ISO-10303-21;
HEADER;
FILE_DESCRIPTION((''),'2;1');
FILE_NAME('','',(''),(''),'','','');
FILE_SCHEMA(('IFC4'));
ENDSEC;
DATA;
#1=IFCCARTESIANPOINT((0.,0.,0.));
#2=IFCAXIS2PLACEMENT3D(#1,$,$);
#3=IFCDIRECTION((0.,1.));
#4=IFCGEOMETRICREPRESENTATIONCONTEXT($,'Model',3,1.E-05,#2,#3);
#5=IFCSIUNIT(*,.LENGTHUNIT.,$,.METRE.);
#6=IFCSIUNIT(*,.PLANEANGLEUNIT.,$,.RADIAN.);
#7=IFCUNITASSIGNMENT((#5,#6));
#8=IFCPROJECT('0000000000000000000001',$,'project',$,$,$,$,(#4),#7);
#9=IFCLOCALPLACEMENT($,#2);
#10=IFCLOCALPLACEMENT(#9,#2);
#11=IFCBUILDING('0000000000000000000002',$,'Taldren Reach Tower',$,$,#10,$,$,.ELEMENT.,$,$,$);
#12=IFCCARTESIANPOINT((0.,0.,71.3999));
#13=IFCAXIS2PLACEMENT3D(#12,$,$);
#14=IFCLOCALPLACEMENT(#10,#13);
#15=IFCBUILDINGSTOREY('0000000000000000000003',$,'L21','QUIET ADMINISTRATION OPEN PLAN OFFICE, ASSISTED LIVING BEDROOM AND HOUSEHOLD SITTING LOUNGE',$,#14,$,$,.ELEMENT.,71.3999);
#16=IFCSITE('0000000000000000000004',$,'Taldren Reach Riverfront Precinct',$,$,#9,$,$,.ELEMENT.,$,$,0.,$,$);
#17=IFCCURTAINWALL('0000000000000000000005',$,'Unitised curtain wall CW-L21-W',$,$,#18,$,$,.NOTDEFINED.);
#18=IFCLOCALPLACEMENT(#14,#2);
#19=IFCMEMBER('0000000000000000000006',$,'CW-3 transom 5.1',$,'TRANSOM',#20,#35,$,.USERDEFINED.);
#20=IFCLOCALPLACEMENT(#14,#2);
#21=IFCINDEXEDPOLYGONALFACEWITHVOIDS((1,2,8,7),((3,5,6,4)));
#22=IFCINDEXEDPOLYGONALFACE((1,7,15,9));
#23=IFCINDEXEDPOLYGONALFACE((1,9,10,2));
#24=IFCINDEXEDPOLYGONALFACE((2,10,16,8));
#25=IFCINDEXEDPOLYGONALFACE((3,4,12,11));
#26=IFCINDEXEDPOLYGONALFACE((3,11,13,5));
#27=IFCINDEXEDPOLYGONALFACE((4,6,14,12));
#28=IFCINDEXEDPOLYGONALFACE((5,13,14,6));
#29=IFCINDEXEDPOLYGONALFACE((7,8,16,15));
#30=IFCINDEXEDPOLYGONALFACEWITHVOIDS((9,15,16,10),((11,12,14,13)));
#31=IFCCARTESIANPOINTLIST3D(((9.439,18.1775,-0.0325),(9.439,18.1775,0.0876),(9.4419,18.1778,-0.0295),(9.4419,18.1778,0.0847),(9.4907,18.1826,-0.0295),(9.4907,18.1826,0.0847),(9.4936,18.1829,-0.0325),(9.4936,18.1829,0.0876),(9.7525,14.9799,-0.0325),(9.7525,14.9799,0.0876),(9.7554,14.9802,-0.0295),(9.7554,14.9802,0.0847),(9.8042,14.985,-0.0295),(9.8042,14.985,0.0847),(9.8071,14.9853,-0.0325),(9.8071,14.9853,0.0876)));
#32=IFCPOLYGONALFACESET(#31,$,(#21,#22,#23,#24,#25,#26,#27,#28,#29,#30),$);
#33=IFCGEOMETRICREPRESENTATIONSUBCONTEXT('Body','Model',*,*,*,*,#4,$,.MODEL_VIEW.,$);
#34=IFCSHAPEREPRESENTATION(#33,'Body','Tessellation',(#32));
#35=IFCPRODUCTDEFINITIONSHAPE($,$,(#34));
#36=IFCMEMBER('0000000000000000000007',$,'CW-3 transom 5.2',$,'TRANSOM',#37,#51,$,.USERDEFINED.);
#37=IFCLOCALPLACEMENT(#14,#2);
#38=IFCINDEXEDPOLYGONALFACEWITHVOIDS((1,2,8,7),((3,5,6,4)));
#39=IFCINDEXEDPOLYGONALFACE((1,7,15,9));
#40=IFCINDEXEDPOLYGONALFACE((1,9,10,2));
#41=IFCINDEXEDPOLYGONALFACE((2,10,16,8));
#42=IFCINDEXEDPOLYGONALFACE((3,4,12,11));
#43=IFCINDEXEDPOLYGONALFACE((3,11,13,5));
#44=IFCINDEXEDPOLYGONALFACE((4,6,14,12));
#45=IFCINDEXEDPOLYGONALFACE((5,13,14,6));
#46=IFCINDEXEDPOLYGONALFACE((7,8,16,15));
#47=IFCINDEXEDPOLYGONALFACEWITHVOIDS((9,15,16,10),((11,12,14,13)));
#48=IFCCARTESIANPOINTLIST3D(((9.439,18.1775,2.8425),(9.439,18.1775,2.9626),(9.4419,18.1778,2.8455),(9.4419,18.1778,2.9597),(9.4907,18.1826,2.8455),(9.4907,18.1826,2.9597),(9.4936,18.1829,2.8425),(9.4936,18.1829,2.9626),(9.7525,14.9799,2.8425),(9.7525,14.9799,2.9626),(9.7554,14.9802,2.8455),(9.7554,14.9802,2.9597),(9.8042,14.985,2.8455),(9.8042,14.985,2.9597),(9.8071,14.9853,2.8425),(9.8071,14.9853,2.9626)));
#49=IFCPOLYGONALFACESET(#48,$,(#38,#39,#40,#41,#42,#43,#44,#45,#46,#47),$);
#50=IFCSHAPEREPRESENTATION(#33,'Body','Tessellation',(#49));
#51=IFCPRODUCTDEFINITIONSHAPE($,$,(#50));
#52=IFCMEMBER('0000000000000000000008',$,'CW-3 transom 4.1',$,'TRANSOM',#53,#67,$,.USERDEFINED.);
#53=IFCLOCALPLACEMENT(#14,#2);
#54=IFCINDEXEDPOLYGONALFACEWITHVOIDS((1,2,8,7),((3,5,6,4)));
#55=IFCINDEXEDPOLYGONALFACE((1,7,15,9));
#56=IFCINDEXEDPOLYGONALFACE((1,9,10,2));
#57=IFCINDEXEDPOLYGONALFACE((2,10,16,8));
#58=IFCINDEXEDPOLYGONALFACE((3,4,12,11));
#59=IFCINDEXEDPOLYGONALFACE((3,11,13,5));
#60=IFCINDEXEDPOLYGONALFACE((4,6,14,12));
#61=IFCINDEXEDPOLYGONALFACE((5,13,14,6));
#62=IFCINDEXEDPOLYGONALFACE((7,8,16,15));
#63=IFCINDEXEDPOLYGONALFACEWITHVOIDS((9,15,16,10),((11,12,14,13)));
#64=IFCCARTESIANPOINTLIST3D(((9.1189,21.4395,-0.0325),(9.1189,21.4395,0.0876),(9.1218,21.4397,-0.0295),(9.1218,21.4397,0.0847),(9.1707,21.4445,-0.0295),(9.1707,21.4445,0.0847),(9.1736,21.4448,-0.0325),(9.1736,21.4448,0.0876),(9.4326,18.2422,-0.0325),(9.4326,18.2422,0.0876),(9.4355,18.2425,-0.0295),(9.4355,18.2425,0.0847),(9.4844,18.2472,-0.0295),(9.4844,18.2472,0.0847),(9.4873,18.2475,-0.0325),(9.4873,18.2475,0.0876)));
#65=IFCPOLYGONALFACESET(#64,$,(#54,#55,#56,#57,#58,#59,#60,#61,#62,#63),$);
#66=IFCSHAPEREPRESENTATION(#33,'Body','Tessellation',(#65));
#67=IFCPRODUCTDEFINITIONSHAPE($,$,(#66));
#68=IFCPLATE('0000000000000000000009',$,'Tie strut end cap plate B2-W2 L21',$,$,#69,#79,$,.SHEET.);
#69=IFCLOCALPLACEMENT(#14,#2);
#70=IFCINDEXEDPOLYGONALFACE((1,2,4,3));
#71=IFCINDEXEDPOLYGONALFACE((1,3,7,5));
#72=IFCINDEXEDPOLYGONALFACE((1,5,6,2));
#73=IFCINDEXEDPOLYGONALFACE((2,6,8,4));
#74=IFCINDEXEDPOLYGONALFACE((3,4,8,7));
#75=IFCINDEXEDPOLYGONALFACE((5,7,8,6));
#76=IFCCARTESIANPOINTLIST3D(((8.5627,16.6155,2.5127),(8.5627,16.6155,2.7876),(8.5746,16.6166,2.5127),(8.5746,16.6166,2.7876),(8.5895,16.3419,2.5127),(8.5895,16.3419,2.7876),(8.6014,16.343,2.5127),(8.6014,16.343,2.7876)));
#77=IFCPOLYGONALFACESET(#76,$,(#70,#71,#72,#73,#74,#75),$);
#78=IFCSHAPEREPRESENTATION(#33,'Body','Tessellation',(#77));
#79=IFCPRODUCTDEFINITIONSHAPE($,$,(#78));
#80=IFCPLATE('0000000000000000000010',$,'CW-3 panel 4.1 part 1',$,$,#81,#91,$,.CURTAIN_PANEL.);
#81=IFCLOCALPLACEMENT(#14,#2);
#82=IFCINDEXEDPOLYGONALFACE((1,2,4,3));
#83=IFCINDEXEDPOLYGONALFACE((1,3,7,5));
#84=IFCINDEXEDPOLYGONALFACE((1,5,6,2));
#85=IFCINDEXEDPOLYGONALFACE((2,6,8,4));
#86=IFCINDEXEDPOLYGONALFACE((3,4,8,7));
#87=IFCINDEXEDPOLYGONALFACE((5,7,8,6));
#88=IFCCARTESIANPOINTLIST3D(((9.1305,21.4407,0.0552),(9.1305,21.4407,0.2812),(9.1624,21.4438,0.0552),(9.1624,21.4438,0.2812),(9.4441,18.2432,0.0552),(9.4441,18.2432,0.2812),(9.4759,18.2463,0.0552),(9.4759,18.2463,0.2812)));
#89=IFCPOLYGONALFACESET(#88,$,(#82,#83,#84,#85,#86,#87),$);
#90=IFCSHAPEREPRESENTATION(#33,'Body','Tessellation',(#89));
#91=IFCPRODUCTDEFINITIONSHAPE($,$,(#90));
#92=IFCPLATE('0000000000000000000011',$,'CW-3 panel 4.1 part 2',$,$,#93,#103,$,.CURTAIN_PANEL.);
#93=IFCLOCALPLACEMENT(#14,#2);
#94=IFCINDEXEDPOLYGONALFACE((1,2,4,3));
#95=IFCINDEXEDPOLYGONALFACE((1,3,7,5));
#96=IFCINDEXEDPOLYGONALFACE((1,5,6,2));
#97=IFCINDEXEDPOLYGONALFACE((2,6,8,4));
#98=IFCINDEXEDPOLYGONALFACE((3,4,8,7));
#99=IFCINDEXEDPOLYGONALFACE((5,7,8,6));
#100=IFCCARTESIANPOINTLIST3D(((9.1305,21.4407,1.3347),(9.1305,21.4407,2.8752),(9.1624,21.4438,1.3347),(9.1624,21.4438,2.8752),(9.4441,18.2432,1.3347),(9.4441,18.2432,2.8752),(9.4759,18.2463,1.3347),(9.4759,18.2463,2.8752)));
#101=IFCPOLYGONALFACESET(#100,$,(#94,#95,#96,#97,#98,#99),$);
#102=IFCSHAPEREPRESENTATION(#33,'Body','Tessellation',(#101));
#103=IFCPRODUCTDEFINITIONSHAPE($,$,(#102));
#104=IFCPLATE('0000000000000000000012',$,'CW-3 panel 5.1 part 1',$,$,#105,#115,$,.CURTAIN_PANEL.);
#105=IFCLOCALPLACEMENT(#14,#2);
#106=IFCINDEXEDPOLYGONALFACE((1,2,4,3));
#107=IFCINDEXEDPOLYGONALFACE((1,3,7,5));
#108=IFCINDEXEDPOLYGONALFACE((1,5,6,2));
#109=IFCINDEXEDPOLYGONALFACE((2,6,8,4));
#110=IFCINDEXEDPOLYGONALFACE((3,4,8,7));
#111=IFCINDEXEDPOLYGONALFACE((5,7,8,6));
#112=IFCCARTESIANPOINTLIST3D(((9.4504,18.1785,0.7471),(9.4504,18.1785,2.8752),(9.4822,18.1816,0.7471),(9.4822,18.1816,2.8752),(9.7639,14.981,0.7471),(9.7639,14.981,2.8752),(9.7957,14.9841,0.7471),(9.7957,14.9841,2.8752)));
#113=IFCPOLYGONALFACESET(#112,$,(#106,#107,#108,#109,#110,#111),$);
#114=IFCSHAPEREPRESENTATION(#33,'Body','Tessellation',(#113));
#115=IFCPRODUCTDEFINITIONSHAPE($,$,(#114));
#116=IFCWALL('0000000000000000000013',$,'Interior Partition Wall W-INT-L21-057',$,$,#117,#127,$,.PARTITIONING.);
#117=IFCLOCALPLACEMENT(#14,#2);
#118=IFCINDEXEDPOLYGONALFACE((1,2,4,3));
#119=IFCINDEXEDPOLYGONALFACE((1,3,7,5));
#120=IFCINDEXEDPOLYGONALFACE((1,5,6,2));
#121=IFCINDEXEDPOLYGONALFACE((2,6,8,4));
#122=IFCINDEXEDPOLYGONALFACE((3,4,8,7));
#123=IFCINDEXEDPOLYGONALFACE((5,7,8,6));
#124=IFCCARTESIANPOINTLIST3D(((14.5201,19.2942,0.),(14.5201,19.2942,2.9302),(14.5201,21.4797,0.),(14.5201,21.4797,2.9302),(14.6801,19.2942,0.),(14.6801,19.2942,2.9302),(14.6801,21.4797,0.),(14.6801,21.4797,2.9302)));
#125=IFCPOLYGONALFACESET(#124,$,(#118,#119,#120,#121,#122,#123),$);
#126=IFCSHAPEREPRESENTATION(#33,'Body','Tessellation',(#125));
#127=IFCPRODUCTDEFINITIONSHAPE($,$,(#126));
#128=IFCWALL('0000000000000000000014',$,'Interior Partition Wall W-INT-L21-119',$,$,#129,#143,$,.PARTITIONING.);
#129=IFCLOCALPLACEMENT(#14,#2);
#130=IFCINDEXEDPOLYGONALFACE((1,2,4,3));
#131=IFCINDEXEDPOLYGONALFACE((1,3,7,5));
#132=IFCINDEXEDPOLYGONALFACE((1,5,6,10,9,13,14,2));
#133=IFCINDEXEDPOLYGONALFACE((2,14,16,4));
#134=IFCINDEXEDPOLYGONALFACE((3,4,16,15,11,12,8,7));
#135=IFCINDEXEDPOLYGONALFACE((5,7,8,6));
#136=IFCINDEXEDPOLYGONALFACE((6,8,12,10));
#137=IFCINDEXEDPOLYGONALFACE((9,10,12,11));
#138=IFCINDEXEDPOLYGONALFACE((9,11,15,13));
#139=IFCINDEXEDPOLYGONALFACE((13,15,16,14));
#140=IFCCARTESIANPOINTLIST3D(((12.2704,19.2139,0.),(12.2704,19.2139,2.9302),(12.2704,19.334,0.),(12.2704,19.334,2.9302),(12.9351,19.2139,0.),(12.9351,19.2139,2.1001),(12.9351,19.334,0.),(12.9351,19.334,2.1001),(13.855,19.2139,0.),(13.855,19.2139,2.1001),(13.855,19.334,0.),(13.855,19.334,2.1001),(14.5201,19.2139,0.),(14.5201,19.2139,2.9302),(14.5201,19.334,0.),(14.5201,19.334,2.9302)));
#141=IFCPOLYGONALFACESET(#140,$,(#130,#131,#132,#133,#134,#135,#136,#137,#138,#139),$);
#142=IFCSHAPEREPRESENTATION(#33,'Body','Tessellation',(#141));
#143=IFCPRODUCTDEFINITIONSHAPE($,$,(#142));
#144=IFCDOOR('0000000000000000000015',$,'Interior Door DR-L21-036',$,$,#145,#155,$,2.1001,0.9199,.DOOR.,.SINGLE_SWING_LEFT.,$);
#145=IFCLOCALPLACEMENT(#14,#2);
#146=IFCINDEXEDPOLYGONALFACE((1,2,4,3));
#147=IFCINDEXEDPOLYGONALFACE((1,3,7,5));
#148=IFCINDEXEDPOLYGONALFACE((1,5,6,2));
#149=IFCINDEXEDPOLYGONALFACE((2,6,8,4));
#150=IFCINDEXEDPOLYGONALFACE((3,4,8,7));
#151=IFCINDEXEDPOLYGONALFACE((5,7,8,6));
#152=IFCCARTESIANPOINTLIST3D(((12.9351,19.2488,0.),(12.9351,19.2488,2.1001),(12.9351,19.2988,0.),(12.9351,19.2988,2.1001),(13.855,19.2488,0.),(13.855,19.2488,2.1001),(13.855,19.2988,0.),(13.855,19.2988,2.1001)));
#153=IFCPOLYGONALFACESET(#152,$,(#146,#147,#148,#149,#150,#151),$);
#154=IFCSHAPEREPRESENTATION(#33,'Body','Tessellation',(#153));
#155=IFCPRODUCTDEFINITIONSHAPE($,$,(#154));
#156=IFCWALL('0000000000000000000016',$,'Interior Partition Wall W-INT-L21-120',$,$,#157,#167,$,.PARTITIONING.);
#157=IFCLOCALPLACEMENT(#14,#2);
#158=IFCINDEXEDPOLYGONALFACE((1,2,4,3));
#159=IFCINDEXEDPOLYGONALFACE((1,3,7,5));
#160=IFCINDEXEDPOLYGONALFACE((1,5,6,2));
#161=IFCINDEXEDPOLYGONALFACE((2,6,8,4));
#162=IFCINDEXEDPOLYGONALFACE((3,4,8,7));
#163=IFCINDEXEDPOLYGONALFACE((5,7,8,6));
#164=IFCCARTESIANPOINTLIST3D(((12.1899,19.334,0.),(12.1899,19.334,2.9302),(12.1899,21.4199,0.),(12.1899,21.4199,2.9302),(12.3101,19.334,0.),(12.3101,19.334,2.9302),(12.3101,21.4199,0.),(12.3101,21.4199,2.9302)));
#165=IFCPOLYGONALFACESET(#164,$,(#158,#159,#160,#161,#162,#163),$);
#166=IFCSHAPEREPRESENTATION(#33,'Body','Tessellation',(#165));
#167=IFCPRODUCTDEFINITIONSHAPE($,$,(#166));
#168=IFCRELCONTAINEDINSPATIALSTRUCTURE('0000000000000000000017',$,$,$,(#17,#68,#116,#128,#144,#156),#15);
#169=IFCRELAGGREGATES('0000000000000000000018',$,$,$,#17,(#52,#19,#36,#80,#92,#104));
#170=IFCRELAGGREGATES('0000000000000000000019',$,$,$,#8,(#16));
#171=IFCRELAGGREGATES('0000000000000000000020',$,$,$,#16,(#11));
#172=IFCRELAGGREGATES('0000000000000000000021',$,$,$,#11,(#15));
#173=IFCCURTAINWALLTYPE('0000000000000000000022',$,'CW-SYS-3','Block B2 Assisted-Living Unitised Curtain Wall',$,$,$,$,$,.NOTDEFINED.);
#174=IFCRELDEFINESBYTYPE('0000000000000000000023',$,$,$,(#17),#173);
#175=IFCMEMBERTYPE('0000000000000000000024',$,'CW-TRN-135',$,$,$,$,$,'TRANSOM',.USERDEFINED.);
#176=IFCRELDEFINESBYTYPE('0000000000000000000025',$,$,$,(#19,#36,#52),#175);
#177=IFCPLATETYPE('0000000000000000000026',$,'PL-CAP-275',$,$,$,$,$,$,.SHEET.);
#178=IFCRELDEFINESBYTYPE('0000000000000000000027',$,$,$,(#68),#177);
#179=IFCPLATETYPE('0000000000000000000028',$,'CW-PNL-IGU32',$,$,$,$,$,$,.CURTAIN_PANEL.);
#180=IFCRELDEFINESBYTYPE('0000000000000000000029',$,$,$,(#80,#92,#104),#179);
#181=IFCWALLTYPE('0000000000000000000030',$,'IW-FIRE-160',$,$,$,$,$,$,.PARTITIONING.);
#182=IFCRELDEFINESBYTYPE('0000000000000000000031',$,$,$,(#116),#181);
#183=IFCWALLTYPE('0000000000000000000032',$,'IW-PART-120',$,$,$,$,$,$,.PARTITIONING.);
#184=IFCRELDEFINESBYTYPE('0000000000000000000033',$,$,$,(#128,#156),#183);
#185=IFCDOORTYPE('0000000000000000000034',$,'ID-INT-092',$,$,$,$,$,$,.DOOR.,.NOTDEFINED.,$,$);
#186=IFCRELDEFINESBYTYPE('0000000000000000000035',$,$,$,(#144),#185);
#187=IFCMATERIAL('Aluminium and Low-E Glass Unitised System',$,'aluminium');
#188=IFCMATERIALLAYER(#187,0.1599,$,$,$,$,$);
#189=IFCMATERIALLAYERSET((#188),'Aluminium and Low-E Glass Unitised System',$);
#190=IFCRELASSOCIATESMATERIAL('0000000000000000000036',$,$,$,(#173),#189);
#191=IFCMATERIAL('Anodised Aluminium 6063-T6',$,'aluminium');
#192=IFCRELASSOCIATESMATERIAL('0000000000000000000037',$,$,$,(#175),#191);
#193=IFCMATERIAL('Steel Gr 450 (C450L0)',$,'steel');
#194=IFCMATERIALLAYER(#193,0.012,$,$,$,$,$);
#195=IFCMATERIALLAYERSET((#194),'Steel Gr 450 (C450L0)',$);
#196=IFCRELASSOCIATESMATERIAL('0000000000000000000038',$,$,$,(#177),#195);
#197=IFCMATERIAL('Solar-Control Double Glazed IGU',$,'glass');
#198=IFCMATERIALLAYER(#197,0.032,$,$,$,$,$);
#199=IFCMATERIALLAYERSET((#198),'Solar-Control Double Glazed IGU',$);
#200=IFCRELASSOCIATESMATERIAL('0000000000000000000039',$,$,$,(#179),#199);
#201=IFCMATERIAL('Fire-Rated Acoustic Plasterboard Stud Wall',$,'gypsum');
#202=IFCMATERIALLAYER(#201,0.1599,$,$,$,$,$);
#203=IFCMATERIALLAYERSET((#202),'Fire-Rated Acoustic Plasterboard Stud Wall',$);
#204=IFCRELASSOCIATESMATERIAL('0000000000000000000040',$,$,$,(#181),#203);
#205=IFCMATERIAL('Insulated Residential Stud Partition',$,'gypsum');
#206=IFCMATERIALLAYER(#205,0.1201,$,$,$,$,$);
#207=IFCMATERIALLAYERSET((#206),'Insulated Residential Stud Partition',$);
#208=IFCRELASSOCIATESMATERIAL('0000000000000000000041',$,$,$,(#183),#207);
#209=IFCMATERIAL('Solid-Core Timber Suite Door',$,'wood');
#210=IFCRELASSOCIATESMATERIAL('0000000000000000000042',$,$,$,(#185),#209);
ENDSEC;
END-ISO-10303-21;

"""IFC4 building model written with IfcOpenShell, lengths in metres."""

from ifc_helpers import new_model, si_unit, direction, frame, frame_2d, origin, origin_2d, place, context, subcontext, project, spatial, rectangle, hollow_rectangle, extrude, source, transform, mapped, material, layer, layer_set, material_profile, profile_set, type_object, element, fill, aggregate, save


model = new_model("IFC4")

# Units and contexts
model_context = context("Model", 3, precision=1e-05, world=origin(), true_north=direction((0.0, 1.0)))
body_context = subcontext(model_context, "Body", "Model", "MODEL_VIEW")
ifc_project = project(units=[si_unit("LENGTHUNIT", "METRE"), si_unit("PLANEANGLEUNIT", "RADIAN")], contexts=[model_context])

# Site, building, storey
site_placement = place(None, origin())
site = spatial("IfcSite", under=ifc_project, at=site_placement, Name="Taldren Reach Riverfront Precinct", CompositionType="ELEMENT", RefElevation=0.0)
building_placement = place(site_placement, origin())
building = spatial("IfcBuilding", under=site, at=building_placement, Name="Taldren Reach Tower", CompositionType="ELEMENT")
storey_placement = place(building_placement, frame((0.0, 0.0, 71.3999)))
storey = spatial("IfcBuildingStorey", under=building, at=storey_placement, Name="L21", Description="QUIET ADMINISTRATION OPEN PLAN OFFICE, ASSISTED LIVING BEDROOM AND HOUSEHOLD SITTING LOUNGE", CompositionType="ELEMENT", Elevation=71.3999)

# Shared definitions
ifc_material_1 = material(Name="Steel Gr 450 (C450L0)", Category="steel")

# Curtain wall, members
ifc_material_2 = material(Name="Aluminium and Low-E Glass Unitised System", Category="aluminium")
ifc_layer_1 = layer(ifc_material_2, 0.1599)
ifc_layer_set_1 = layer_set([ifc_layer_1], Name="Aluminium and Low-E Glass Unitised System")
curtain_wall_type = type_object("IfcCurtainWallType", Name="CW-SYS-3", Description="Block B2 Assisted-Living Unitised Curtain Wall", PredefinedType="NOTDEFINED", material=ifc_layer_set_1)
curtain_wall_placement = place(storey_placement, origin())
curtain_wall = element("IfcCurtainWall", 1, at=curtain_wall_placement, inside=storey, type_object=curtain_wall_type, Name="Unitised curtain wall CW-L21-W", PredefinedType="NOTDEFINED")
ifc_material_3 = material(Name="Anodised Aluminium 6063-T6", Category="aluminium")
ifc_material_profile_1 = material_profile(ifc_material_3, hollow_rectangle(XDim=0.0549, YDim=0.1201, WallThickness=0.0029, at=origin_2d()), Name="ALU-120x55x3RHS")
ifc_profile_set_1 = profile_set([ifc_material_profile_1], Name="Anodised Aluminium 6063-T6")
member_type_1 = type_object("IfcMemberType", Name="CW-TRN-135", ElementType="TRANSOM", PredefinedType="USERDEFINED", material=ifc_profile_set_1)
shared_shape_1 = source(origin(), body_context, "Body", "SweptSolid", [
    extrude(hollow_rectangle(XDim=0.0549, YDim=0.1201, WallThickness=0.0029, at=origin_2d()), origin(), (0.0, 0.0, 1.0), 3.2129),
])
member_1_placement = place(storey_placement, frame((9.4663, 18.1802, 0.0276), z_axis=(0.09757, -0.995229, 0.0), x_axis=(0.995229, 0.09757, 0.0)))
member_1 = element("IfcMember", 2, at=member_1_placement, type_object=member_type_1, Name="CW-3 transom 5.1", ObjectType="TRANSOM", PredefinedType="USERDEFINED", context=body_context, shape_type="MappedRepresentation", body=[
    mapped(shared_shape_1, transform((0.0, 0.0, 0.0), scale=1.0)),
])
member_2_placement = place(storey_placement, frame((9.4663, 18.1802, 2.9026), z_axis=(0.09757, -0.995229, 0.0), x_axis=(0.995229, 0.09757, 0.0)))
member_2 = element("IfcMember", 3, at=member_2_placement, type_object=member_type_1, Name="CW-3 transom 5.2", ObjectType="TRANSOM", PredefinedType="USERDEFINED", context=body_context, shape_type="MappedRepresentation", body=[
    mapped(shared_shape_1, transform((0.0, 0.0, 0.0), scale=1.0)),
])
shared_shape_2 = source(origin(), body_context, "Body", "SweptSolid", [
    extrude(hollow_rectangle(XDim=0.0549, YDim=0.1201, WallThickness=0.0029, at=origin_2d()), origin(), (0.0, 0.0, 1.0), 3.2126),
])
member_3_placement = place(storey_placement, frame((9.1462, 21.4421, 0.0276), z_axis=(0.097653, -0.995221, 0.0), x_axis=(0.995221, 0.097653, 0.0)))
member_3 = element("IfcMember", 4, at=member_3_placement, type_object=member_type_1, Name="CW-3 transom 4.1", ObjectType="TRANSOM", PredefinedType="USERDEFINED", context=body_context, shape_type="MappedRepresentation", body=[
    mapped(shared_shape_2, transform((0.0, 0.0, 0.0), scale=1.0)),
])

# Plates
ifc_layer_2 = layer(ifc_material_1, 0.012)
ifc_layer_set_2 = layer_set([ifc_layer_2], Name="Steel Gr 450 (C450L0)")
plate_type_1 = type_object("IfcPlateType", Name="PL-CAP-275", PredefinedType="SHEET", material=ifc_layer_set_2)
shared_shape_3 = source(origin(), body_context, "Body", "SweptSolid", [
    extrude(rectangle(XDim=0.012, YDim=0.2749, at=origin_2d()), origin(), (0.0, 0.0, 1.0), 0.2749),
])
plate_1_placement = place(storey_placement, frame((8.582, 16.4792, 2.5127), z_axis=(0.0, 0.0, 1.0), x_axis=(0.995227, 0.097583, 0.0)))
element("IfcPlate", 5, at=plate_1_placement, inside=storey, type_object=plate_type_1, Name="Tie strut end cap plate B2-W2 L21", PredefinedType="SHEET", context=body_context, shape_type="MappedRepresentation", body=[
    mapped(shared_shape_3, transform((0.0, 0.0, 0.0), scale=1.0)),
])
ifc_material_4 = material(Name="Solar-Control Double Glazed IGU", Category="glass")
ifc_layer_3 = layer(ifc_material_4, 0.032)
ifc_layer_set_3 = layer_set([ifc_layer_3], Name="Solar-Control Double Glazed IGU")
plate_type_2 = type_object("IfcPlateType", Name="CW-PNL-IGU32", PredefinedType="CURTAIN_PANEL", material=ifc_layer_set_3)
shared_shape_4 = source(origin(), body_context, "Body", "SweptSolid", [
    extrude(rectangle(XDim=3.2129, YDim=0.032, at=origin_2d()), origin(), (0.0, 0.0, 1.0), 0.2261),
])
plate_2_placement = place(storey_placement, frame((9.3032, 19.8435, 0.0552), z_axis=(0.0, 0.0, 1.0), x_axis=(0.097583, -0.995227, 0.0)))
plate_2 = element("IfcPlate", 6, at=plate_2_placement, type_object=plate_type_2, Name="CW-3 panel 4.1 part 1", PredefinedType="CURTAIN_PANEL", context=body_context, shape_type="MappedRepresentation", body=[
    mapped(shared_shape_4, transform((0.0, 0.0, 0.0), scale=1.0)),
])
shared_shape_5 = source(origin(), body_context, "Body", "SweptSolid", [
    extrude(rectangle(XDim=3.2129, YDim=0.032, at=origin_2d()), origin(), (0.0, 0.0, 1.0), 1.5405),
])
plate_3_placement = place(storey_placement, frame((9.3032, 19.8435, 1.3347), z_axis=(0.0, 0.0, 1.0), x_axis=(0.097583, -0.995227, 0.0)))
plate_3 = element("IfcPlate", 7, at=plate_3_placement, type_object=plate_type_2, Name="CW-3 panel 4.1 part 2", PredefinedType="CURTAIN_PANEL", context=body_context, shape_type="MappedRepresentation", body=[
    mapped(shared_shape_5, transform((0.0, 0.0, 0.0), scale=1.0)),
])
shared_shape_6 = source(origin(), body_context, "Body", "SweptSolid", [
    extrude(rectangle(XDim=3.2129, YDim=0.032, at=origin_2d()), origin(), (0.0, 0.0, 1.0), 2.1282),
])
plate_4_placement = place(storey_placement, frame((9.623, 16.5813, 0.7471), z_axis=(0.0, 0.0, 1.0), x_axis=(0.097583, -0.995227, 0.0)))
plate_4 = element("IfcPlate", 8, at=plate_4_placement, type_object=plate_type_2, Name="CW-3 panel 5.1 part 1", PredefinedType="CURTAIN_PANEL", context=body_context, shape_type="MappedRepresentation", body=[
    mapped(shared_shape_6, transform((0.0, 0.0, 0.0), scale=1.0)),
])
aggregate(curtain_wall, [member_3, member_1, member_2, plate_2, plate_3, plate_4])

# Wall
ifc_material_5 = material(Name="Fire-Rated Acoustic Plasterboard Stud Wall", Category="gypsum")
ifc_layer_4 = layer(ifc_material_5, 0.1599)
ifc_layer_set_4 = layer_set([ifc_layer_4], Name="Fire-Rated Acoustic Plasterboard Stud Wall")
wall_type_1 = type_object("IfcWallType", Name="IW-FIRE-160", PredefinedType="PARTITIONING", material=ifc_layer_set_4)
shared_shape_7 = source(origin(), body_context, "Body", "SweptSolid", [
    extrude(rectangle(XDim=2.1855, YDim=0.1599, at=frame_2d((1.0928, 0.0))), origin(), (0.0, 0.0, 1.0), 2.9302),
])
wall_1_placement = place(storey_placement, frame((14.6001, 19.2942, 0.0), z_axis=(0.0, 0.0, 1.0), x_axis=(0.0, 1.0, 0.0)))
element("IfcWall", 9, at=wall_1_placement, inside=storey, type_object=wall_type_1, Name="Interior Partition Wall W-INT-L21-057", PredefinedType="PARTITIONING", context=body_context, shape_type="MappedRepresentation", body=[
    mapped(shared_shape_7, transform((0.0, 0.0, 0.0), scale=1.0)),
])

# Wall, opening, door
ifc_material_6 = material(Name="Insulated Residential Stud Partition", Category="gypsum")
ifc_layer_5 = layer(ifc_material_6, 0.1201)
ifc_layer_set_5 = layer_set([ifc_layer_5], Name="Insulated Residential Stud Partition")
wall_type_2 = type_object("IfcWallType", Name="IW-PART-120", PredefinedType="PARTITIONING", material=ifc_layer_set_5)
shared_shape_8 = source(origin(), body_context, "Body", "SweptSolid", [
    extrude(rectangle(XDim=2.2498, YDim=0.1201, at=frame_2d((1.125, 0.0))), origin(), (0.0, 0.0, 1.0), 2.9302),
])
wall_2_placement = place(storey_placement, frame((12.2703, 19.2739, 0.0), z_axis=(0.0, 0.0, 1.0), x_axis=(1.0, 0.0, 0.0)))
wall_2 = element("IfcWall", 10, at=wall_2_placement, inside=storey, type_object=wall_type_2, Name="Interior Partition Wall W-INT-L21-119", PredefinedType="PARTITIONING", context=body_context, shape_type="MappedRepresentation", body=[
    mapped(shared_shape_8, transform((0.0, 0.0, 0.0), scale=1.0)),
])
shared_shape_9 = source(origin(), body_context, "Body", "SweptSolid", [
    extrude(rectangle(XDim=0.9199, YDim=2.1001, at=frame_2d((0.46, 1.05))), frame((0.0, 0.0701, 0.0), z_axis=(0.0, -1.0, 0.0), x_axis=(1.0, 0.0, 0.0)), (0.0, 0.0, 1.0), 0.1401),
])
opening_placement = place(wall_2_placement, frame((0.6648, 0.0, 0.0)))
opening = element("IfcOpeningElement", 11, at=opening_placement, cuts=wall_2, PredefinedType="OPENING", context=body_context, shape_type="MappedRepresentation", body=[
    mapped(shared_shape_9, transform((0.0, 0.0, 0.0), scale=1.0)),
])
ifc_material_7 = material(Name="Solid-Core Timber Suite Door", Category="wood")
door_type = type_object("IfcDoorType", Name="ID-INT-092", OperationType="NOTDEFINED", PredefinedType="DOOR", material=ifc_material_7)
shared_shape_10 = source(origin(), body_context, "Body", "SweptSolid", [
    extrude(rectangle(XDim=0.9199, YDim=2.1001, at=frame_2d((0.46, 1.05))), frame((0.0, 0.0249, 0.0), z_axis=(0.0, -1.0, 0.0), x_axis=(1.0, 0.0, 0.0)), (0.0, 0.0, 1.0), 0.05),
])
door_placement = place(opening_placement, origin())
door = element("IfcDoor", 12, at=door_placement, inside=storey, type_object=door_type, Name="Interior Door DR-L21-036", OperationType="SINGLE_SWING_LEFT", OverallHeight=2.1001, OverallWidth=0.9199, PredefinedType="DOOR", context=body_context, shape_type="MappedRepresentation", body=[
    mapped(shared_shape_10, transform((0.0, 0.0, 0.0), scale=1.0)),
])
fill(opening, door)

# Wall
shared_shape_11 = source(origin(), body_context, "Body", "SweptSolid", [
    extrude(rectangle(XDim=2.0859, YDim=0.1201, at=frame_2d((1.043, 0.0))), origin(), (0.0, 0.0, 1.0), 2.9302),
])
wall_3_placement = place(storey_placement, frame((12.25, 21.4199, 0.0), z_axis=(0.0, 0.0, 1.0), x_axis=(0.0, -1.0, 0.0)))
element("IfcWall", 13, at=wall_3_placement, inside=storey, type_object=wall_type_2, Name="Interior Partition Wall W-INT-L21-120", PredefinedType="PARTITIONING", context=body_context, shape_type="MappedRepresentation", body=[
    mapped(shared_shape_11, transform((0.0, 0.0, 0.0), scale=1.0)),
])

save(model, "model.ifc")
